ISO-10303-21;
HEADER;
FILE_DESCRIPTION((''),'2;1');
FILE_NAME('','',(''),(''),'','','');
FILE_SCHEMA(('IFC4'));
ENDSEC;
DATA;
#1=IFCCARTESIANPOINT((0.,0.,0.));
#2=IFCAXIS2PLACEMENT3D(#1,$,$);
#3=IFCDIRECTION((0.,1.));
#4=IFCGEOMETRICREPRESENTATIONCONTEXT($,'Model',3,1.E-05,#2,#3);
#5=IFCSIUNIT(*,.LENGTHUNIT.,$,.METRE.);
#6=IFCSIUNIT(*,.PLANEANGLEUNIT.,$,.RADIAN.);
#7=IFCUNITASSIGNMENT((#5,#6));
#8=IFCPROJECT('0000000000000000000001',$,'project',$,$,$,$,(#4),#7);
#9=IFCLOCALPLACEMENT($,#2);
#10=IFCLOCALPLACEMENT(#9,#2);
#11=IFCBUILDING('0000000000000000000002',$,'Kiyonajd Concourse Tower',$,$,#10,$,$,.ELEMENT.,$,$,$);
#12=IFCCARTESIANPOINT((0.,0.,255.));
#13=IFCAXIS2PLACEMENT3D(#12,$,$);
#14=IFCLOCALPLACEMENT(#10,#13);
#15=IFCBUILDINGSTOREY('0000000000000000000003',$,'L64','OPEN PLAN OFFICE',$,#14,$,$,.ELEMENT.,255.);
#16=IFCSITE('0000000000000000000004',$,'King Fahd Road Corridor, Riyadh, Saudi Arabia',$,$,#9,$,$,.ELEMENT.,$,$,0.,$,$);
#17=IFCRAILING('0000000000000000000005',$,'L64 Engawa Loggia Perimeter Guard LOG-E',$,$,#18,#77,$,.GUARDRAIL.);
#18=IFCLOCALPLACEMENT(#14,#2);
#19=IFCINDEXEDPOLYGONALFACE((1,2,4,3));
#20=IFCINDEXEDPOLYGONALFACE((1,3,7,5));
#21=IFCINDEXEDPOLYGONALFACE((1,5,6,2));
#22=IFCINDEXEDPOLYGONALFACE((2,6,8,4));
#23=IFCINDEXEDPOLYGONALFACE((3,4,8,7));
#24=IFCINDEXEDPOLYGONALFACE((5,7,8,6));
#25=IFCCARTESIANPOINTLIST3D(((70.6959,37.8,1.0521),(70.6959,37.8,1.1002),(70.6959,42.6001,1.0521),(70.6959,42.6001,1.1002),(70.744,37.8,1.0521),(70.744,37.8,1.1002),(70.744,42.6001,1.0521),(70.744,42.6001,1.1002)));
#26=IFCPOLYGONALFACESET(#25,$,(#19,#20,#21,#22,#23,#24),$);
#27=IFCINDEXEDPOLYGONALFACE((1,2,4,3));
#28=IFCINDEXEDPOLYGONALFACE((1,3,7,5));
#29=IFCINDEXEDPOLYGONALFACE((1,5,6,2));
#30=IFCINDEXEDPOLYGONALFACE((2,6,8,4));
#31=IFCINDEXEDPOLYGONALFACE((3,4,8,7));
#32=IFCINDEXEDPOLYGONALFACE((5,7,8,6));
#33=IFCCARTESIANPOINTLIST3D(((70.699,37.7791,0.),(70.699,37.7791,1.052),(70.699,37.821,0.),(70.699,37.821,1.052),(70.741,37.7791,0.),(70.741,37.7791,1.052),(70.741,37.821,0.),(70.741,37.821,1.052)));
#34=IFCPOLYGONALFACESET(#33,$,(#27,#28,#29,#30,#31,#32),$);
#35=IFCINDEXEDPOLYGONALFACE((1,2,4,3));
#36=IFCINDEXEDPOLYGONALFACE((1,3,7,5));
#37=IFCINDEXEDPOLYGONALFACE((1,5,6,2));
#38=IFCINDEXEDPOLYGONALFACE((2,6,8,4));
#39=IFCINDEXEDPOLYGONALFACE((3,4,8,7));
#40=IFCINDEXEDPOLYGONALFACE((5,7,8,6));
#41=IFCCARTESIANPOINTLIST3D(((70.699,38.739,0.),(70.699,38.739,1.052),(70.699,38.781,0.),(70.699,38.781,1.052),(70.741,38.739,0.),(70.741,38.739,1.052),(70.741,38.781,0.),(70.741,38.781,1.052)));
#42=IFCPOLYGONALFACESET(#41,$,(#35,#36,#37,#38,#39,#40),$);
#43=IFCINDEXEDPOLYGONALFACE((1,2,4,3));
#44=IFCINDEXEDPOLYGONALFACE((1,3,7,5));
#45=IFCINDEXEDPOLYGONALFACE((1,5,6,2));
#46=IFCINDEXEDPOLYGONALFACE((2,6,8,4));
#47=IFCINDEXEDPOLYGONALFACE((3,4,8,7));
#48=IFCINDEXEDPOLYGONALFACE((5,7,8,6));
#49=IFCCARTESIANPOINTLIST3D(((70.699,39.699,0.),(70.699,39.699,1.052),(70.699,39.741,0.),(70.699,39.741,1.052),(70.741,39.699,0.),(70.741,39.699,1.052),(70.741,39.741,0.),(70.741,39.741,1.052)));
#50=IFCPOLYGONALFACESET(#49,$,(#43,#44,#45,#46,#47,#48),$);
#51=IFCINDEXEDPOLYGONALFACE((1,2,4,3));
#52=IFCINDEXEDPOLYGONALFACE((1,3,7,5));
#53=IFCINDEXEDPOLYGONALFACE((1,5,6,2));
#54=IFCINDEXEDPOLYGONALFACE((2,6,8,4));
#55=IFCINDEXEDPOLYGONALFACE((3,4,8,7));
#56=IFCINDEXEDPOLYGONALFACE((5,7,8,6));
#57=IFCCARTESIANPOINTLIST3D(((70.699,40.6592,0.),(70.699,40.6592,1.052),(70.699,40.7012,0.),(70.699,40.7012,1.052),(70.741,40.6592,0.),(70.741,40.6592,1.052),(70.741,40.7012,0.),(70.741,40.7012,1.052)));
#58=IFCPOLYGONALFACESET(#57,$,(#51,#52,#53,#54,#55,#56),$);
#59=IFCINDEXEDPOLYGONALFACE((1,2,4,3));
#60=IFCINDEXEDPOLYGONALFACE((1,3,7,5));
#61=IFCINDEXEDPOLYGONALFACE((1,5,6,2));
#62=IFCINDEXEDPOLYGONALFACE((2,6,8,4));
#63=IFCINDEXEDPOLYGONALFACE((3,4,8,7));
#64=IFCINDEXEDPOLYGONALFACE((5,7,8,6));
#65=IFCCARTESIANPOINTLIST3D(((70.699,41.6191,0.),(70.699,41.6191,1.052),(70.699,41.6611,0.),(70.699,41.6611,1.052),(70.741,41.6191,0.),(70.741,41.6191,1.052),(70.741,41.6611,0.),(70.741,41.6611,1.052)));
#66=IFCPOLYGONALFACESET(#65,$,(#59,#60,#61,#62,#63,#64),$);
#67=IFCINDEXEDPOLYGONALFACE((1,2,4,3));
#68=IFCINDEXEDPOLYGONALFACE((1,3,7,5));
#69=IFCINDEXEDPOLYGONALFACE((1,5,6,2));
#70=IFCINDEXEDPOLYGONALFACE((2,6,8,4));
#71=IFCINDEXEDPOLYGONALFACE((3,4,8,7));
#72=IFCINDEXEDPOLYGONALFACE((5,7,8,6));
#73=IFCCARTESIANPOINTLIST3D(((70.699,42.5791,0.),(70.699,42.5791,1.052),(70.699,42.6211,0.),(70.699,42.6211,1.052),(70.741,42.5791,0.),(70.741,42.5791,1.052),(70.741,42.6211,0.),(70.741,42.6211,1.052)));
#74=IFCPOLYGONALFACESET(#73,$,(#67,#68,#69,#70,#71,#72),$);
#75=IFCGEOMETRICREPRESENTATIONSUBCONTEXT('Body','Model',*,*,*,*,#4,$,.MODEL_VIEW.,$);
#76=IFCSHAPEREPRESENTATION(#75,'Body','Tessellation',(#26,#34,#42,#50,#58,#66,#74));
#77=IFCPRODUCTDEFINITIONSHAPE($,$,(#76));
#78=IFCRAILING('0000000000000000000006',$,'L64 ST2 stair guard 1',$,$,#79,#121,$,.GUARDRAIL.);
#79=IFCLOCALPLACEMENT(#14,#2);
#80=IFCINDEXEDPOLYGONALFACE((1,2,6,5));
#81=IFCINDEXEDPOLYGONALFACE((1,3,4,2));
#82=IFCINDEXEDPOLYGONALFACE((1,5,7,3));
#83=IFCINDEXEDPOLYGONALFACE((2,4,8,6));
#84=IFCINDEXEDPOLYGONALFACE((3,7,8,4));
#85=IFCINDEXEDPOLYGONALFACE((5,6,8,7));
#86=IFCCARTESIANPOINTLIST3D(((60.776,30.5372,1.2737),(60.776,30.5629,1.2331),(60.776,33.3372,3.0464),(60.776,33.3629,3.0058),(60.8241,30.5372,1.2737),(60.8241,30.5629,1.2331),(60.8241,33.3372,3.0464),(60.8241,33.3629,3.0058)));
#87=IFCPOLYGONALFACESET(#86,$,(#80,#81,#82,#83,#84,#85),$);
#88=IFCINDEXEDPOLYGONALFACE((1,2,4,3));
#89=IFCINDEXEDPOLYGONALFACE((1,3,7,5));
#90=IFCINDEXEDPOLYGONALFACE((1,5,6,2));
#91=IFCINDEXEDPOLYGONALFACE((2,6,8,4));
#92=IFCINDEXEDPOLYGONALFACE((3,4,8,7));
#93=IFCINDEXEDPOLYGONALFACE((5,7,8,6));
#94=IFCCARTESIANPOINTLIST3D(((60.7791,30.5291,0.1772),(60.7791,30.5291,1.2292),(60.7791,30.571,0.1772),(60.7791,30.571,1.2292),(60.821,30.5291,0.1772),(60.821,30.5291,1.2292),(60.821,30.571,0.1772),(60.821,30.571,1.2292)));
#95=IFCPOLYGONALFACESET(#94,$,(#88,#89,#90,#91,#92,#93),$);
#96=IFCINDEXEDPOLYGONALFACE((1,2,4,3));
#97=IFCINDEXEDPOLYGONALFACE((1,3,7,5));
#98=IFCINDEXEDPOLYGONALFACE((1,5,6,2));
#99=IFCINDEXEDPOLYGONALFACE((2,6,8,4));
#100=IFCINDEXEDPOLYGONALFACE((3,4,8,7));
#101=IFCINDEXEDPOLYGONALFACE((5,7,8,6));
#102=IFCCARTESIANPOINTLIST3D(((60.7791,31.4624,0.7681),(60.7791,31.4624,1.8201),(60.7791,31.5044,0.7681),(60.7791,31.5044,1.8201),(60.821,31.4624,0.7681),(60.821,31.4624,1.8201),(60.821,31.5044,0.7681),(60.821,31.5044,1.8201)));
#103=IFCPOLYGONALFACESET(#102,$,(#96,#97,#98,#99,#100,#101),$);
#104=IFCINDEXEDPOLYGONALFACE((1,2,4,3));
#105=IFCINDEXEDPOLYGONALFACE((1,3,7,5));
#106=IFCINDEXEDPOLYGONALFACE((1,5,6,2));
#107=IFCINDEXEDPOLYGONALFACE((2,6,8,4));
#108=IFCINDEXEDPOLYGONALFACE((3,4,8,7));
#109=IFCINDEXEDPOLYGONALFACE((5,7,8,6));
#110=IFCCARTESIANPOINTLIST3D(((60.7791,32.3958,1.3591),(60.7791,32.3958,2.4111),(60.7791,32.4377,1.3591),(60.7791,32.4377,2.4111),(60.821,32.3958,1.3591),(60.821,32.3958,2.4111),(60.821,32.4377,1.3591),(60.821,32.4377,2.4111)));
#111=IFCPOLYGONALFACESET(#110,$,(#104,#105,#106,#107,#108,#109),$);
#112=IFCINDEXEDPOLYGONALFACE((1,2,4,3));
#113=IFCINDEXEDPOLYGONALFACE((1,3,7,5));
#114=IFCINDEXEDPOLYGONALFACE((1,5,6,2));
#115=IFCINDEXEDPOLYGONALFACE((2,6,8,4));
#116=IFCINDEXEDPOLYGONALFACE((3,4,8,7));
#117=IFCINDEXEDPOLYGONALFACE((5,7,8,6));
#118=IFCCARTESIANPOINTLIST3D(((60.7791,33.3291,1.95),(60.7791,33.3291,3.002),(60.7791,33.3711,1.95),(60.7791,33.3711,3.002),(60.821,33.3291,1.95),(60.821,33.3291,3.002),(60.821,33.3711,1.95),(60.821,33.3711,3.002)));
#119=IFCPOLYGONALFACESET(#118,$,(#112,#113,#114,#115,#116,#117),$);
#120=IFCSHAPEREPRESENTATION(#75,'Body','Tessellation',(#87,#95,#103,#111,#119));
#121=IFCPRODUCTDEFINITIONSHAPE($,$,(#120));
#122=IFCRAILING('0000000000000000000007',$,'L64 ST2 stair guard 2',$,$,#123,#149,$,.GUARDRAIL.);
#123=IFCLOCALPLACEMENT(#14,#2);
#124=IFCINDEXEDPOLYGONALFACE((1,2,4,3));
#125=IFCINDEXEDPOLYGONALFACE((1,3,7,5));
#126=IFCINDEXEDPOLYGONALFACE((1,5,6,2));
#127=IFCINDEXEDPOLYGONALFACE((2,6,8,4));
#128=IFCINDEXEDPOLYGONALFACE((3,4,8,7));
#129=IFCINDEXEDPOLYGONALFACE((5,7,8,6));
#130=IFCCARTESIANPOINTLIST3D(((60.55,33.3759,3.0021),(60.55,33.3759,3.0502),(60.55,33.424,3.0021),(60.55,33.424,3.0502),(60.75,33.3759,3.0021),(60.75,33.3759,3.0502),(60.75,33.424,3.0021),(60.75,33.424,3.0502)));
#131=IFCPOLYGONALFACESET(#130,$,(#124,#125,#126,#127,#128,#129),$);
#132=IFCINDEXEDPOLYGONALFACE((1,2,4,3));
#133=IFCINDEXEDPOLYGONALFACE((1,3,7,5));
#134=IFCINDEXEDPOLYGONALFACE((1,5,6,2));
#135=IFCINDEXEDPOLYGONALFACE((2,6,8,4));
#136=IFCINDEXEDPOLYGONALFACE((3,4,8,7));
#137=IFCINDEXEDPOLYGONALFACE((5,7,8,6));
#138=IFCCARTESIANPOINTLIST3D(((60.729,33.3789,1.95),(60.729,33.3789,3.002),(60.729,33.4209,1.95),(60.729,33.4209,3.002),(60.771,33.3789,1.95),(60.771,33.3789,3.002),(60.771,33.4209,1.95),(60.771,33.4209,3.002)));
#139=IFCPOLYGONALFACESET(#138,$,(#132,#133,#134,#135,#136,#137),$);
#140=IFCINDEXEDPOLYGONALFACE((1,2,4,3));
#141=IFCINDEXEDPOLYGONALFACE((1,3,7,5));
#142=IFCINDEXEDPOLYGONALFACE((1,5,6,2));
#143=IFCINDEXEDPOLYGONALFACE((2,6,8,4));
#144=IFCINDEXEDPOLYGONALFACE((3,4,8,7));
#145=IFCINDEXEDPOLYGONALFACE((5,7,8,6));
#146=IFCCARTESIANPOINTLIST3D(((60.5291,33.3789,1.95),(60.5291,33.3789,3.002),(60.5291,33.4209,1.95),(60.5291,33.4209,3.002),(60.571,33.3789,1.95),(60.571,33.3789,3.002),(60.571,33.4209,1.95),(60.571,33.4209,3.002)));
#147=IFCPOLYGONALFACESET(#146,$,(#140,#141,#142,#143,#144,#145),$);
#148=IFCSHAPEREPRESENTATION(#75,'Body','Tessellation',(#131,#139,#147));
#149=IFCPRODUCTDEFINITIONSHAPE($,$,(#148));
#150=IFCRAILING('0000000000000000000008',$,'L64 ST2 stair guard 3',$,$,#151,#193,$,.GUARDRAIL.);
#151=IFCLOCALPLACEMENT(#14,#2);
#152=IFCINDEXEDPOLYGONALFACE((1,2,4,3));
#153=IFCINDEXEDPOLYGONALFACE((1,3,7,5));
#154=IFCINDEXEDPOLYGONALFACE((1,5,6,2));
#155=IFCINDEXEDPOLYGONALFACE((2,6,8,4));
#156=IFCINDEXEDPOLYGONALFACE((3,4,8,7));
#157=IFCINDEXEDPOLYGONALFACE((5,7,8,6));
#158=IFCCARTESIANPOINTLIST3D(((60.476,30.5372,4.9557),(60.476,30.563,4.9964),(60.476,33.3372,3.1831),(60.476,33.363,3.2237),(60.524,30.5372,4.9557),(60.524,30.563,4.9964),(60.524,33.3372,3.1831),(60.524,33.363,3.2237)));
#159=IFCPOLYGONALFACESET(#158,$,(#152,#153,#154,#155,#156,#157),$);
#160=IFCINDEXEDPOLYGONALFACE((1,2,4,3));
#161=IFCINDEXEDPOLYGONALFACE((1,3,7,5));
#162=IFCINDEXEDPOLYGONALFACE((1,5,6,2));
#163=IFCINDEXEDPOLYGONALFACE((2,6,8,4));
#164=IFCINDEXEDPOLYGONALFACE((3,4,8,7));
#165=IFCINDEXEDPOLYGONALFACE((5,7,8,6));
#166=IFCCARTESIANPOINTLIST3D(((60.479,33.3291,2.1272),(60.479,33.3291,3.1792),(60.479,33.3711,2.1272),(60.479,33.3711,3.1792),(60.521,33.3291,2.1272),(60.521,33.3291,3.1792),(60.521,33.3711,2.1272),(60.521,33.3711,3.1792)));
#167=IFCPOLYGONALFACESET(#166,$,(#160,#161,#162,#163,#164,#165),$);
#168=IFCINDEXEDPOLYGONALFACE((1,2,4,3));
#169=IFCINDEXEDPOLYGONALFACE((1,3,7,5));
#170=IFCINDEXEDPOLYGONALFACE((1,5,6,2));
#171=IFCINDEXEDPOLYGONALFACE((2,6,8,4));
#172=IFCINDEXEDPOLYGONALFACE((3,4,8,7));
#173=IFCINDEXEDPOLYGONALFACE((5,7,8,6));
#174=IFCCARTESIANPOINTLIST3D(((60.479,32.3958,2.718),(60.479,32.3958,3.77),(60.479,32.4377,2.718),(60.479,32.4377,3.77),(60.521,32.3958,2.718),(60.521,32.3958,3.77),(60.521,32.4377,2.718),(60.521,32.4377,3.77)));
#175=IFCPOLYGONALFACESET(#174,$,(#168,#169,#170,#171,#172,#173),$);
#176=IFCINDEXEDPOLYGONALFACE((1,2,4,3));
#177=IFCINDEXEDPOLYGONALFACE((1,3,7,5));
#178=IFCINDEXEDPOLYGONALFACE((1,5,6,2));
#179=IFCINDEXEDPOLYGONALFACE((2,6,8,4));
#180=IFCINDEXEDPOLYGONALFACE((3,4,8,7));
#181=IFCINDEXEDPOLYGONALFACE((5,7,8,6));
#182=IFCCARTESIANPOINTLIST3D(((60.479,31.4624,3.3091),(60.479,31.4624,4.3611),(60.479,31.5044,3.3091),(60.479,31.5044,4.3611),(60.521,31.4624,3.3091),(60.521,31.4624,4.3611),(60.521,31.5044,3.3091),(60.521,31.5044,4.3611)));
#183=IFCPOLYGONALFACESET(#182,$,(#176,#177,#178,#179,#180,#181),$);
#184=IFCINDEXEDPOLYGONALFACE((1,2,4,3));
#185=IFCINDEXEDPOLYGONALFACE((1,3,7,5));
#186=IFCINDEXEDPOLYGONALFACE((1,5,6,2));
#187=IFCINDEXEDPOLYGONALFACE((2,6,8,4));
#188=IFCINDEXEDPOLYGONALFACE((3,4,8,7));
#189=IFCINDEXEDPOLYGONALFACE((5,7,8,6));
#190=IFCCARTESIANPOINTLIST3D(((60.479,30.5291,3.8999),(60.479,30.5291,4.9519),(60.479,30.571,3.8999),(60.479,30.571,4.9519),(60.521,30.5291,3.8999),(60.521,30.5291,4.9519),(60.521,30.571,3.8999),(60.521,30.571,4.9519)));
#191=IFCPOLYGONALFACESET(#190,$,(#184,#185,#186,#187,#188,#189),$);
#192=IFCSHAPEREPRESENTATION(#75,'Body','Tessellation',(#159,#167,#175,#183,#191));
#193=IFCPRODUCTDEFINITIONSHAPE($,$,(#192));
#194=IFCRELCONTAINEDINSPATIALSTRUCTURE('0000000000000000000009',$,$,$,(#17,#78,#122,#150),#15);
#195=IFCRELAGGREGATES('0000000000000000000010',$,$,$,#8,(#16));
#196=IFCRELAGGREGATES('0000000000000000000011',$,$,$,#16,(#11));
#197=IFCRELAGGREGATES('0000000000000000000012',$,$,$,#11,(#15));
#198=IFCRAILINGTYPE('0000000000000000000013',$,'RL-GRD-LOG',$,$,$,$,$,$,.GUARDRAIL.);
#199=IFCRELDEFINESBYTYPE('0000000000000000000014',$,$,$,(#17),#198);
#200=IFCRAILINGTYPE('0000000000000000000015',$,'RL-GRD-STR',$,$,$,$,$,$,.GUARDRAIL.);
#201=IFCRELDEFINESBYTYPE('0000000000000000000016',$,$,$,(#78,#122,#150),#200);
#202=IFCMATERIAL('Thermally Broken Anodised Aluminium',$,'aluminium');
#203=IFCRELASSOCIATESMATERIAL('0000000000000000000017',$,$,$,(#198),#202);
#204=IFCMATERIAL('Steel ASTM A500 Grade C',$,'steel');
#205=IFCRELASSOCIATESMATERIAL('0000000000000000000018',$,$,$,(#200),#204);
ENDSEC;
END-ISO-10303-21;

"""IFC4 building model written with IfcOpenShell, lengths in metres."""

from ifc_helpers import new_model, si_unit, direction, frame, origin, origin_2d, place, context, subcontext, project, spatial, rectangle, extrude, material, type_object, element, save


model = new_model("IFC4")

# Units and contexts
model_context = context("Model", 3, precision=1e-05, world=origin(), true_north=direction((0.0, 1.0)))
body_context = subcontext(model_context, "Body", "Model", "MODEL_VIEW")
ifc_project = project(units=[si_unit("LENGTHUNIT", "METRE"), si_unit("PLANEANGLEUNIT", "RADIAN")], contexts=[model_context])

# Site, building, storey
site_placement = place(None, origin())
site = spatial("IfcSite", under=ifc_project, at=site_placement, Name="King Fahd Road Corridor, Riyadh, Saudi Arabia", CompositionType="ELEMENT", RefElevation=0.0)
building_placement = place(site_placement, origin())
building = spatial("IfcBuilding", under=site, at=building_placement, Name="Kiyonajd Concourse Tower", CompositionType="ELEMENT")
storey_placement = place(building_placement, frame((0.0, 0.0, 255.0)))
storey = spatial("IfcBuildingStorey", under=building, at=storey_placement, Name="L64", Description="OPEN PLAN OFFICE", CompositionType="ELEMENT", Elevation=255.0)

# Shared definitions
ifc_material_1 = material(Name="Thermally Broken Anodised Aluminium", Category="aluminium")

# Railings
railing_type_1 = type_object("IfcRailingType", Name="RL-GRD-LOG", PredefinedType="GUARDRAIL", material=ifc_material_1)
railing_1_placement = place(storey_placement, frame((70.72, 37.8, 0.0)))
element("IfcRailing", 1, at=railing_1_placement, inside=storey, type_object=railing_type_1, Name="L64 Engawa Loggia Perimeter Guard LOG-E", PredefinedType="GUARDRAIL", context=body_context, shape_type="SweptSolid", body=[
    extrude(rectangle(XDim=0.0481, YDim=0.0481, at=origin_2d()), frame((0.0, 0.0, 1.0762), z_axis=(0.0, 1.0, 0.0), x_axis=(-1.0, 0.0, 0.0)), (0.0, 0.0, 1.0), 4.8),
    extrude(rectangle(XDim=0.042, YDim=0.042, at=origin_2d()), origin(), (0.0, 0.0, 1.0), 1.052),
    extrude(rectangle(XDim=0.042, YDim=0.042, at=origin_2d()), frame((0.0, 0.96, 0.0)), (0.0, 0.0, 1.0), 1.052),
    extrude(rectangle(XDim=0.042, YDim=0.042, at=origin_2d()), frame((0.0, 1.9199, 0.0)), (0.0, 0.0, 1.0), 1.052),
    extrude(rectangle(XDim=0.042, YDim=0.042, at=origin_2d()), frame((0.0, 2.8801, 0.0)), (0.0, 0.0, 1.0), 1.052),
    extrude(rectangle(XDim=0.042, YDim=0.042, at=origin_2d()), frame((0.0, 3.8401, 0.0)), (0.0, 0.0, 1.0), 1.052),
    extrude(rectangle(XDim=0.042, YDim=0.042, at=origin_2d()), frame((0.0, 4.8, 0.0)), (0.0, 0.0, 1.0), 1.052),
])
ifc_material_2 = material(Name="Steel ASTM A500 Grade C", Category="steel")
railing_type_2 = type_object("IfcRailingType", Name="RL-GRD-STR", PredefinedType="GUARDRAIL", material=ifc_material_2)
railing_2_placement = place(storey_placement, frame((60.8, 30.55, 0.1772)))
element("IfcRailing", 2, at=railing_2_placement, inside=storey, type_object=railing_type_2, Name="L64 ST2 stair guard 1", PredefinedType="GUARDRAIL", context=body_context, shape_type="SweptSolid", body=[
    extrude(rectangle(XDim=0.0481, YDim=0.0481, at=origin_2d()), frame((0.0, 0.0, 1.0762), z_axis=(0.0, 0.844909, 0.53491), x_axis=(-1.0, 0.0, 0.0)), (0.0, 0.0, 1.0), 3.314),
    extrude(rectangle(XDim=0.042, YDim=0.042, at=origin_2d()), origin(), (0.0, 0.0, 1.0), 1.052),
    extrude(rectangle(XDim=0.042, YDim=0.042, at=origin_2d()), frame((0.0, 0.9333, 0.5908)), (0.0, 0.0, 1.0), 1.052),
    extrude(rectangle(XDim=0.042, YDim=0.042, at=origin_2d()), frame((0.0, 1.8667, 1.1819)), (0.0, 0.0, 1.0), 1.052),
    extrude(rectangle(XDim=0.042, YDim=0.042, at=origin_2d()), frame((0.0, 2.8, 1.7727)), (0.0, 0.0, 1.0), 1.052),
])
railing_3_placement = place(storey_placement, frame((60.75, 33.3999, 1.95)))
element("IfcRailing", 3, at=railing_3_placement, inside=storey, type_object=railing_type_2, Name="L64 ST2 stair guard 2", PredefinedType="GUARDRAIL", context=body_context, shape_type="SweptSolid", body=[
    extrude(rectangle(XDim=0.0481, YDim=0.0481, at=origin_2d()), frame((0.0, 0.0, 1.0762), z_axis=(-1.0, 0.0, 0.0), x_axis=(0.0, -1.0, 0.0)), (0.0, 0.0, 1.0), 0.2),
    extrude(rectangle(XDim=0.042, YDim=0.042, at=origin_2d()), origin(), (0.0, 0.0, 1.0), 1.052),
    extrude(rectangle(XDim=0.042, YDim=0.042, at=origin_2d()), frame((-0.2, 0.0, 0.0)), (0.0, 0.0, 1.0), 1.052),
])
railing_4_placement = place(storey_placement, frame((60.5, 33.3501, 2.1272)))
element("IfcRailing", 4, at=railing_4_placement, inside=storey, type_object=railing_type_2, Name="L64 ST2 stair guard 3", PredefinedType="GUARDRAIL", context=body_context, shape_type="SweptSolid", body=[
    extrude(rectangle(XDim=0.0481, YDim=0.0481, at=origin_2d()), frame((0.0, 0.0, 1.0762), z_axis=(0.0, -0.844909, 0.53491), x_axis=(1.0, 0.0, 0.0)), (0.0, 0.0, 1.0), 3.314),
    extrude(rectangle(XDim=0.042, YDim=0.042, at=origin_2d()), origin(), (0.0, 0.0, 1.0), 1.052),
    extrude(rectangle(XDim=0.042, YDim=0.042, at=origin_2d()), frame((0.0, -0.9333, 0.5908)), (0.0, 0.0, 1.0), 1.052),
    extrude(rectangle(XDim=0.042, YDim=0.042, at=origin_2d()), frame((0.0, -1.8667, 1.1819)), (0.0, 0.0, 1.0), 1.052),
    extrude(rectangle(XDim=0.042, YDim=0.042, at=origin_2d()), frame((0.0, -2.8, 1.7727)), (0.0, 0.0, 1.0), 1.052),
])

save(model, "model.ifc")
